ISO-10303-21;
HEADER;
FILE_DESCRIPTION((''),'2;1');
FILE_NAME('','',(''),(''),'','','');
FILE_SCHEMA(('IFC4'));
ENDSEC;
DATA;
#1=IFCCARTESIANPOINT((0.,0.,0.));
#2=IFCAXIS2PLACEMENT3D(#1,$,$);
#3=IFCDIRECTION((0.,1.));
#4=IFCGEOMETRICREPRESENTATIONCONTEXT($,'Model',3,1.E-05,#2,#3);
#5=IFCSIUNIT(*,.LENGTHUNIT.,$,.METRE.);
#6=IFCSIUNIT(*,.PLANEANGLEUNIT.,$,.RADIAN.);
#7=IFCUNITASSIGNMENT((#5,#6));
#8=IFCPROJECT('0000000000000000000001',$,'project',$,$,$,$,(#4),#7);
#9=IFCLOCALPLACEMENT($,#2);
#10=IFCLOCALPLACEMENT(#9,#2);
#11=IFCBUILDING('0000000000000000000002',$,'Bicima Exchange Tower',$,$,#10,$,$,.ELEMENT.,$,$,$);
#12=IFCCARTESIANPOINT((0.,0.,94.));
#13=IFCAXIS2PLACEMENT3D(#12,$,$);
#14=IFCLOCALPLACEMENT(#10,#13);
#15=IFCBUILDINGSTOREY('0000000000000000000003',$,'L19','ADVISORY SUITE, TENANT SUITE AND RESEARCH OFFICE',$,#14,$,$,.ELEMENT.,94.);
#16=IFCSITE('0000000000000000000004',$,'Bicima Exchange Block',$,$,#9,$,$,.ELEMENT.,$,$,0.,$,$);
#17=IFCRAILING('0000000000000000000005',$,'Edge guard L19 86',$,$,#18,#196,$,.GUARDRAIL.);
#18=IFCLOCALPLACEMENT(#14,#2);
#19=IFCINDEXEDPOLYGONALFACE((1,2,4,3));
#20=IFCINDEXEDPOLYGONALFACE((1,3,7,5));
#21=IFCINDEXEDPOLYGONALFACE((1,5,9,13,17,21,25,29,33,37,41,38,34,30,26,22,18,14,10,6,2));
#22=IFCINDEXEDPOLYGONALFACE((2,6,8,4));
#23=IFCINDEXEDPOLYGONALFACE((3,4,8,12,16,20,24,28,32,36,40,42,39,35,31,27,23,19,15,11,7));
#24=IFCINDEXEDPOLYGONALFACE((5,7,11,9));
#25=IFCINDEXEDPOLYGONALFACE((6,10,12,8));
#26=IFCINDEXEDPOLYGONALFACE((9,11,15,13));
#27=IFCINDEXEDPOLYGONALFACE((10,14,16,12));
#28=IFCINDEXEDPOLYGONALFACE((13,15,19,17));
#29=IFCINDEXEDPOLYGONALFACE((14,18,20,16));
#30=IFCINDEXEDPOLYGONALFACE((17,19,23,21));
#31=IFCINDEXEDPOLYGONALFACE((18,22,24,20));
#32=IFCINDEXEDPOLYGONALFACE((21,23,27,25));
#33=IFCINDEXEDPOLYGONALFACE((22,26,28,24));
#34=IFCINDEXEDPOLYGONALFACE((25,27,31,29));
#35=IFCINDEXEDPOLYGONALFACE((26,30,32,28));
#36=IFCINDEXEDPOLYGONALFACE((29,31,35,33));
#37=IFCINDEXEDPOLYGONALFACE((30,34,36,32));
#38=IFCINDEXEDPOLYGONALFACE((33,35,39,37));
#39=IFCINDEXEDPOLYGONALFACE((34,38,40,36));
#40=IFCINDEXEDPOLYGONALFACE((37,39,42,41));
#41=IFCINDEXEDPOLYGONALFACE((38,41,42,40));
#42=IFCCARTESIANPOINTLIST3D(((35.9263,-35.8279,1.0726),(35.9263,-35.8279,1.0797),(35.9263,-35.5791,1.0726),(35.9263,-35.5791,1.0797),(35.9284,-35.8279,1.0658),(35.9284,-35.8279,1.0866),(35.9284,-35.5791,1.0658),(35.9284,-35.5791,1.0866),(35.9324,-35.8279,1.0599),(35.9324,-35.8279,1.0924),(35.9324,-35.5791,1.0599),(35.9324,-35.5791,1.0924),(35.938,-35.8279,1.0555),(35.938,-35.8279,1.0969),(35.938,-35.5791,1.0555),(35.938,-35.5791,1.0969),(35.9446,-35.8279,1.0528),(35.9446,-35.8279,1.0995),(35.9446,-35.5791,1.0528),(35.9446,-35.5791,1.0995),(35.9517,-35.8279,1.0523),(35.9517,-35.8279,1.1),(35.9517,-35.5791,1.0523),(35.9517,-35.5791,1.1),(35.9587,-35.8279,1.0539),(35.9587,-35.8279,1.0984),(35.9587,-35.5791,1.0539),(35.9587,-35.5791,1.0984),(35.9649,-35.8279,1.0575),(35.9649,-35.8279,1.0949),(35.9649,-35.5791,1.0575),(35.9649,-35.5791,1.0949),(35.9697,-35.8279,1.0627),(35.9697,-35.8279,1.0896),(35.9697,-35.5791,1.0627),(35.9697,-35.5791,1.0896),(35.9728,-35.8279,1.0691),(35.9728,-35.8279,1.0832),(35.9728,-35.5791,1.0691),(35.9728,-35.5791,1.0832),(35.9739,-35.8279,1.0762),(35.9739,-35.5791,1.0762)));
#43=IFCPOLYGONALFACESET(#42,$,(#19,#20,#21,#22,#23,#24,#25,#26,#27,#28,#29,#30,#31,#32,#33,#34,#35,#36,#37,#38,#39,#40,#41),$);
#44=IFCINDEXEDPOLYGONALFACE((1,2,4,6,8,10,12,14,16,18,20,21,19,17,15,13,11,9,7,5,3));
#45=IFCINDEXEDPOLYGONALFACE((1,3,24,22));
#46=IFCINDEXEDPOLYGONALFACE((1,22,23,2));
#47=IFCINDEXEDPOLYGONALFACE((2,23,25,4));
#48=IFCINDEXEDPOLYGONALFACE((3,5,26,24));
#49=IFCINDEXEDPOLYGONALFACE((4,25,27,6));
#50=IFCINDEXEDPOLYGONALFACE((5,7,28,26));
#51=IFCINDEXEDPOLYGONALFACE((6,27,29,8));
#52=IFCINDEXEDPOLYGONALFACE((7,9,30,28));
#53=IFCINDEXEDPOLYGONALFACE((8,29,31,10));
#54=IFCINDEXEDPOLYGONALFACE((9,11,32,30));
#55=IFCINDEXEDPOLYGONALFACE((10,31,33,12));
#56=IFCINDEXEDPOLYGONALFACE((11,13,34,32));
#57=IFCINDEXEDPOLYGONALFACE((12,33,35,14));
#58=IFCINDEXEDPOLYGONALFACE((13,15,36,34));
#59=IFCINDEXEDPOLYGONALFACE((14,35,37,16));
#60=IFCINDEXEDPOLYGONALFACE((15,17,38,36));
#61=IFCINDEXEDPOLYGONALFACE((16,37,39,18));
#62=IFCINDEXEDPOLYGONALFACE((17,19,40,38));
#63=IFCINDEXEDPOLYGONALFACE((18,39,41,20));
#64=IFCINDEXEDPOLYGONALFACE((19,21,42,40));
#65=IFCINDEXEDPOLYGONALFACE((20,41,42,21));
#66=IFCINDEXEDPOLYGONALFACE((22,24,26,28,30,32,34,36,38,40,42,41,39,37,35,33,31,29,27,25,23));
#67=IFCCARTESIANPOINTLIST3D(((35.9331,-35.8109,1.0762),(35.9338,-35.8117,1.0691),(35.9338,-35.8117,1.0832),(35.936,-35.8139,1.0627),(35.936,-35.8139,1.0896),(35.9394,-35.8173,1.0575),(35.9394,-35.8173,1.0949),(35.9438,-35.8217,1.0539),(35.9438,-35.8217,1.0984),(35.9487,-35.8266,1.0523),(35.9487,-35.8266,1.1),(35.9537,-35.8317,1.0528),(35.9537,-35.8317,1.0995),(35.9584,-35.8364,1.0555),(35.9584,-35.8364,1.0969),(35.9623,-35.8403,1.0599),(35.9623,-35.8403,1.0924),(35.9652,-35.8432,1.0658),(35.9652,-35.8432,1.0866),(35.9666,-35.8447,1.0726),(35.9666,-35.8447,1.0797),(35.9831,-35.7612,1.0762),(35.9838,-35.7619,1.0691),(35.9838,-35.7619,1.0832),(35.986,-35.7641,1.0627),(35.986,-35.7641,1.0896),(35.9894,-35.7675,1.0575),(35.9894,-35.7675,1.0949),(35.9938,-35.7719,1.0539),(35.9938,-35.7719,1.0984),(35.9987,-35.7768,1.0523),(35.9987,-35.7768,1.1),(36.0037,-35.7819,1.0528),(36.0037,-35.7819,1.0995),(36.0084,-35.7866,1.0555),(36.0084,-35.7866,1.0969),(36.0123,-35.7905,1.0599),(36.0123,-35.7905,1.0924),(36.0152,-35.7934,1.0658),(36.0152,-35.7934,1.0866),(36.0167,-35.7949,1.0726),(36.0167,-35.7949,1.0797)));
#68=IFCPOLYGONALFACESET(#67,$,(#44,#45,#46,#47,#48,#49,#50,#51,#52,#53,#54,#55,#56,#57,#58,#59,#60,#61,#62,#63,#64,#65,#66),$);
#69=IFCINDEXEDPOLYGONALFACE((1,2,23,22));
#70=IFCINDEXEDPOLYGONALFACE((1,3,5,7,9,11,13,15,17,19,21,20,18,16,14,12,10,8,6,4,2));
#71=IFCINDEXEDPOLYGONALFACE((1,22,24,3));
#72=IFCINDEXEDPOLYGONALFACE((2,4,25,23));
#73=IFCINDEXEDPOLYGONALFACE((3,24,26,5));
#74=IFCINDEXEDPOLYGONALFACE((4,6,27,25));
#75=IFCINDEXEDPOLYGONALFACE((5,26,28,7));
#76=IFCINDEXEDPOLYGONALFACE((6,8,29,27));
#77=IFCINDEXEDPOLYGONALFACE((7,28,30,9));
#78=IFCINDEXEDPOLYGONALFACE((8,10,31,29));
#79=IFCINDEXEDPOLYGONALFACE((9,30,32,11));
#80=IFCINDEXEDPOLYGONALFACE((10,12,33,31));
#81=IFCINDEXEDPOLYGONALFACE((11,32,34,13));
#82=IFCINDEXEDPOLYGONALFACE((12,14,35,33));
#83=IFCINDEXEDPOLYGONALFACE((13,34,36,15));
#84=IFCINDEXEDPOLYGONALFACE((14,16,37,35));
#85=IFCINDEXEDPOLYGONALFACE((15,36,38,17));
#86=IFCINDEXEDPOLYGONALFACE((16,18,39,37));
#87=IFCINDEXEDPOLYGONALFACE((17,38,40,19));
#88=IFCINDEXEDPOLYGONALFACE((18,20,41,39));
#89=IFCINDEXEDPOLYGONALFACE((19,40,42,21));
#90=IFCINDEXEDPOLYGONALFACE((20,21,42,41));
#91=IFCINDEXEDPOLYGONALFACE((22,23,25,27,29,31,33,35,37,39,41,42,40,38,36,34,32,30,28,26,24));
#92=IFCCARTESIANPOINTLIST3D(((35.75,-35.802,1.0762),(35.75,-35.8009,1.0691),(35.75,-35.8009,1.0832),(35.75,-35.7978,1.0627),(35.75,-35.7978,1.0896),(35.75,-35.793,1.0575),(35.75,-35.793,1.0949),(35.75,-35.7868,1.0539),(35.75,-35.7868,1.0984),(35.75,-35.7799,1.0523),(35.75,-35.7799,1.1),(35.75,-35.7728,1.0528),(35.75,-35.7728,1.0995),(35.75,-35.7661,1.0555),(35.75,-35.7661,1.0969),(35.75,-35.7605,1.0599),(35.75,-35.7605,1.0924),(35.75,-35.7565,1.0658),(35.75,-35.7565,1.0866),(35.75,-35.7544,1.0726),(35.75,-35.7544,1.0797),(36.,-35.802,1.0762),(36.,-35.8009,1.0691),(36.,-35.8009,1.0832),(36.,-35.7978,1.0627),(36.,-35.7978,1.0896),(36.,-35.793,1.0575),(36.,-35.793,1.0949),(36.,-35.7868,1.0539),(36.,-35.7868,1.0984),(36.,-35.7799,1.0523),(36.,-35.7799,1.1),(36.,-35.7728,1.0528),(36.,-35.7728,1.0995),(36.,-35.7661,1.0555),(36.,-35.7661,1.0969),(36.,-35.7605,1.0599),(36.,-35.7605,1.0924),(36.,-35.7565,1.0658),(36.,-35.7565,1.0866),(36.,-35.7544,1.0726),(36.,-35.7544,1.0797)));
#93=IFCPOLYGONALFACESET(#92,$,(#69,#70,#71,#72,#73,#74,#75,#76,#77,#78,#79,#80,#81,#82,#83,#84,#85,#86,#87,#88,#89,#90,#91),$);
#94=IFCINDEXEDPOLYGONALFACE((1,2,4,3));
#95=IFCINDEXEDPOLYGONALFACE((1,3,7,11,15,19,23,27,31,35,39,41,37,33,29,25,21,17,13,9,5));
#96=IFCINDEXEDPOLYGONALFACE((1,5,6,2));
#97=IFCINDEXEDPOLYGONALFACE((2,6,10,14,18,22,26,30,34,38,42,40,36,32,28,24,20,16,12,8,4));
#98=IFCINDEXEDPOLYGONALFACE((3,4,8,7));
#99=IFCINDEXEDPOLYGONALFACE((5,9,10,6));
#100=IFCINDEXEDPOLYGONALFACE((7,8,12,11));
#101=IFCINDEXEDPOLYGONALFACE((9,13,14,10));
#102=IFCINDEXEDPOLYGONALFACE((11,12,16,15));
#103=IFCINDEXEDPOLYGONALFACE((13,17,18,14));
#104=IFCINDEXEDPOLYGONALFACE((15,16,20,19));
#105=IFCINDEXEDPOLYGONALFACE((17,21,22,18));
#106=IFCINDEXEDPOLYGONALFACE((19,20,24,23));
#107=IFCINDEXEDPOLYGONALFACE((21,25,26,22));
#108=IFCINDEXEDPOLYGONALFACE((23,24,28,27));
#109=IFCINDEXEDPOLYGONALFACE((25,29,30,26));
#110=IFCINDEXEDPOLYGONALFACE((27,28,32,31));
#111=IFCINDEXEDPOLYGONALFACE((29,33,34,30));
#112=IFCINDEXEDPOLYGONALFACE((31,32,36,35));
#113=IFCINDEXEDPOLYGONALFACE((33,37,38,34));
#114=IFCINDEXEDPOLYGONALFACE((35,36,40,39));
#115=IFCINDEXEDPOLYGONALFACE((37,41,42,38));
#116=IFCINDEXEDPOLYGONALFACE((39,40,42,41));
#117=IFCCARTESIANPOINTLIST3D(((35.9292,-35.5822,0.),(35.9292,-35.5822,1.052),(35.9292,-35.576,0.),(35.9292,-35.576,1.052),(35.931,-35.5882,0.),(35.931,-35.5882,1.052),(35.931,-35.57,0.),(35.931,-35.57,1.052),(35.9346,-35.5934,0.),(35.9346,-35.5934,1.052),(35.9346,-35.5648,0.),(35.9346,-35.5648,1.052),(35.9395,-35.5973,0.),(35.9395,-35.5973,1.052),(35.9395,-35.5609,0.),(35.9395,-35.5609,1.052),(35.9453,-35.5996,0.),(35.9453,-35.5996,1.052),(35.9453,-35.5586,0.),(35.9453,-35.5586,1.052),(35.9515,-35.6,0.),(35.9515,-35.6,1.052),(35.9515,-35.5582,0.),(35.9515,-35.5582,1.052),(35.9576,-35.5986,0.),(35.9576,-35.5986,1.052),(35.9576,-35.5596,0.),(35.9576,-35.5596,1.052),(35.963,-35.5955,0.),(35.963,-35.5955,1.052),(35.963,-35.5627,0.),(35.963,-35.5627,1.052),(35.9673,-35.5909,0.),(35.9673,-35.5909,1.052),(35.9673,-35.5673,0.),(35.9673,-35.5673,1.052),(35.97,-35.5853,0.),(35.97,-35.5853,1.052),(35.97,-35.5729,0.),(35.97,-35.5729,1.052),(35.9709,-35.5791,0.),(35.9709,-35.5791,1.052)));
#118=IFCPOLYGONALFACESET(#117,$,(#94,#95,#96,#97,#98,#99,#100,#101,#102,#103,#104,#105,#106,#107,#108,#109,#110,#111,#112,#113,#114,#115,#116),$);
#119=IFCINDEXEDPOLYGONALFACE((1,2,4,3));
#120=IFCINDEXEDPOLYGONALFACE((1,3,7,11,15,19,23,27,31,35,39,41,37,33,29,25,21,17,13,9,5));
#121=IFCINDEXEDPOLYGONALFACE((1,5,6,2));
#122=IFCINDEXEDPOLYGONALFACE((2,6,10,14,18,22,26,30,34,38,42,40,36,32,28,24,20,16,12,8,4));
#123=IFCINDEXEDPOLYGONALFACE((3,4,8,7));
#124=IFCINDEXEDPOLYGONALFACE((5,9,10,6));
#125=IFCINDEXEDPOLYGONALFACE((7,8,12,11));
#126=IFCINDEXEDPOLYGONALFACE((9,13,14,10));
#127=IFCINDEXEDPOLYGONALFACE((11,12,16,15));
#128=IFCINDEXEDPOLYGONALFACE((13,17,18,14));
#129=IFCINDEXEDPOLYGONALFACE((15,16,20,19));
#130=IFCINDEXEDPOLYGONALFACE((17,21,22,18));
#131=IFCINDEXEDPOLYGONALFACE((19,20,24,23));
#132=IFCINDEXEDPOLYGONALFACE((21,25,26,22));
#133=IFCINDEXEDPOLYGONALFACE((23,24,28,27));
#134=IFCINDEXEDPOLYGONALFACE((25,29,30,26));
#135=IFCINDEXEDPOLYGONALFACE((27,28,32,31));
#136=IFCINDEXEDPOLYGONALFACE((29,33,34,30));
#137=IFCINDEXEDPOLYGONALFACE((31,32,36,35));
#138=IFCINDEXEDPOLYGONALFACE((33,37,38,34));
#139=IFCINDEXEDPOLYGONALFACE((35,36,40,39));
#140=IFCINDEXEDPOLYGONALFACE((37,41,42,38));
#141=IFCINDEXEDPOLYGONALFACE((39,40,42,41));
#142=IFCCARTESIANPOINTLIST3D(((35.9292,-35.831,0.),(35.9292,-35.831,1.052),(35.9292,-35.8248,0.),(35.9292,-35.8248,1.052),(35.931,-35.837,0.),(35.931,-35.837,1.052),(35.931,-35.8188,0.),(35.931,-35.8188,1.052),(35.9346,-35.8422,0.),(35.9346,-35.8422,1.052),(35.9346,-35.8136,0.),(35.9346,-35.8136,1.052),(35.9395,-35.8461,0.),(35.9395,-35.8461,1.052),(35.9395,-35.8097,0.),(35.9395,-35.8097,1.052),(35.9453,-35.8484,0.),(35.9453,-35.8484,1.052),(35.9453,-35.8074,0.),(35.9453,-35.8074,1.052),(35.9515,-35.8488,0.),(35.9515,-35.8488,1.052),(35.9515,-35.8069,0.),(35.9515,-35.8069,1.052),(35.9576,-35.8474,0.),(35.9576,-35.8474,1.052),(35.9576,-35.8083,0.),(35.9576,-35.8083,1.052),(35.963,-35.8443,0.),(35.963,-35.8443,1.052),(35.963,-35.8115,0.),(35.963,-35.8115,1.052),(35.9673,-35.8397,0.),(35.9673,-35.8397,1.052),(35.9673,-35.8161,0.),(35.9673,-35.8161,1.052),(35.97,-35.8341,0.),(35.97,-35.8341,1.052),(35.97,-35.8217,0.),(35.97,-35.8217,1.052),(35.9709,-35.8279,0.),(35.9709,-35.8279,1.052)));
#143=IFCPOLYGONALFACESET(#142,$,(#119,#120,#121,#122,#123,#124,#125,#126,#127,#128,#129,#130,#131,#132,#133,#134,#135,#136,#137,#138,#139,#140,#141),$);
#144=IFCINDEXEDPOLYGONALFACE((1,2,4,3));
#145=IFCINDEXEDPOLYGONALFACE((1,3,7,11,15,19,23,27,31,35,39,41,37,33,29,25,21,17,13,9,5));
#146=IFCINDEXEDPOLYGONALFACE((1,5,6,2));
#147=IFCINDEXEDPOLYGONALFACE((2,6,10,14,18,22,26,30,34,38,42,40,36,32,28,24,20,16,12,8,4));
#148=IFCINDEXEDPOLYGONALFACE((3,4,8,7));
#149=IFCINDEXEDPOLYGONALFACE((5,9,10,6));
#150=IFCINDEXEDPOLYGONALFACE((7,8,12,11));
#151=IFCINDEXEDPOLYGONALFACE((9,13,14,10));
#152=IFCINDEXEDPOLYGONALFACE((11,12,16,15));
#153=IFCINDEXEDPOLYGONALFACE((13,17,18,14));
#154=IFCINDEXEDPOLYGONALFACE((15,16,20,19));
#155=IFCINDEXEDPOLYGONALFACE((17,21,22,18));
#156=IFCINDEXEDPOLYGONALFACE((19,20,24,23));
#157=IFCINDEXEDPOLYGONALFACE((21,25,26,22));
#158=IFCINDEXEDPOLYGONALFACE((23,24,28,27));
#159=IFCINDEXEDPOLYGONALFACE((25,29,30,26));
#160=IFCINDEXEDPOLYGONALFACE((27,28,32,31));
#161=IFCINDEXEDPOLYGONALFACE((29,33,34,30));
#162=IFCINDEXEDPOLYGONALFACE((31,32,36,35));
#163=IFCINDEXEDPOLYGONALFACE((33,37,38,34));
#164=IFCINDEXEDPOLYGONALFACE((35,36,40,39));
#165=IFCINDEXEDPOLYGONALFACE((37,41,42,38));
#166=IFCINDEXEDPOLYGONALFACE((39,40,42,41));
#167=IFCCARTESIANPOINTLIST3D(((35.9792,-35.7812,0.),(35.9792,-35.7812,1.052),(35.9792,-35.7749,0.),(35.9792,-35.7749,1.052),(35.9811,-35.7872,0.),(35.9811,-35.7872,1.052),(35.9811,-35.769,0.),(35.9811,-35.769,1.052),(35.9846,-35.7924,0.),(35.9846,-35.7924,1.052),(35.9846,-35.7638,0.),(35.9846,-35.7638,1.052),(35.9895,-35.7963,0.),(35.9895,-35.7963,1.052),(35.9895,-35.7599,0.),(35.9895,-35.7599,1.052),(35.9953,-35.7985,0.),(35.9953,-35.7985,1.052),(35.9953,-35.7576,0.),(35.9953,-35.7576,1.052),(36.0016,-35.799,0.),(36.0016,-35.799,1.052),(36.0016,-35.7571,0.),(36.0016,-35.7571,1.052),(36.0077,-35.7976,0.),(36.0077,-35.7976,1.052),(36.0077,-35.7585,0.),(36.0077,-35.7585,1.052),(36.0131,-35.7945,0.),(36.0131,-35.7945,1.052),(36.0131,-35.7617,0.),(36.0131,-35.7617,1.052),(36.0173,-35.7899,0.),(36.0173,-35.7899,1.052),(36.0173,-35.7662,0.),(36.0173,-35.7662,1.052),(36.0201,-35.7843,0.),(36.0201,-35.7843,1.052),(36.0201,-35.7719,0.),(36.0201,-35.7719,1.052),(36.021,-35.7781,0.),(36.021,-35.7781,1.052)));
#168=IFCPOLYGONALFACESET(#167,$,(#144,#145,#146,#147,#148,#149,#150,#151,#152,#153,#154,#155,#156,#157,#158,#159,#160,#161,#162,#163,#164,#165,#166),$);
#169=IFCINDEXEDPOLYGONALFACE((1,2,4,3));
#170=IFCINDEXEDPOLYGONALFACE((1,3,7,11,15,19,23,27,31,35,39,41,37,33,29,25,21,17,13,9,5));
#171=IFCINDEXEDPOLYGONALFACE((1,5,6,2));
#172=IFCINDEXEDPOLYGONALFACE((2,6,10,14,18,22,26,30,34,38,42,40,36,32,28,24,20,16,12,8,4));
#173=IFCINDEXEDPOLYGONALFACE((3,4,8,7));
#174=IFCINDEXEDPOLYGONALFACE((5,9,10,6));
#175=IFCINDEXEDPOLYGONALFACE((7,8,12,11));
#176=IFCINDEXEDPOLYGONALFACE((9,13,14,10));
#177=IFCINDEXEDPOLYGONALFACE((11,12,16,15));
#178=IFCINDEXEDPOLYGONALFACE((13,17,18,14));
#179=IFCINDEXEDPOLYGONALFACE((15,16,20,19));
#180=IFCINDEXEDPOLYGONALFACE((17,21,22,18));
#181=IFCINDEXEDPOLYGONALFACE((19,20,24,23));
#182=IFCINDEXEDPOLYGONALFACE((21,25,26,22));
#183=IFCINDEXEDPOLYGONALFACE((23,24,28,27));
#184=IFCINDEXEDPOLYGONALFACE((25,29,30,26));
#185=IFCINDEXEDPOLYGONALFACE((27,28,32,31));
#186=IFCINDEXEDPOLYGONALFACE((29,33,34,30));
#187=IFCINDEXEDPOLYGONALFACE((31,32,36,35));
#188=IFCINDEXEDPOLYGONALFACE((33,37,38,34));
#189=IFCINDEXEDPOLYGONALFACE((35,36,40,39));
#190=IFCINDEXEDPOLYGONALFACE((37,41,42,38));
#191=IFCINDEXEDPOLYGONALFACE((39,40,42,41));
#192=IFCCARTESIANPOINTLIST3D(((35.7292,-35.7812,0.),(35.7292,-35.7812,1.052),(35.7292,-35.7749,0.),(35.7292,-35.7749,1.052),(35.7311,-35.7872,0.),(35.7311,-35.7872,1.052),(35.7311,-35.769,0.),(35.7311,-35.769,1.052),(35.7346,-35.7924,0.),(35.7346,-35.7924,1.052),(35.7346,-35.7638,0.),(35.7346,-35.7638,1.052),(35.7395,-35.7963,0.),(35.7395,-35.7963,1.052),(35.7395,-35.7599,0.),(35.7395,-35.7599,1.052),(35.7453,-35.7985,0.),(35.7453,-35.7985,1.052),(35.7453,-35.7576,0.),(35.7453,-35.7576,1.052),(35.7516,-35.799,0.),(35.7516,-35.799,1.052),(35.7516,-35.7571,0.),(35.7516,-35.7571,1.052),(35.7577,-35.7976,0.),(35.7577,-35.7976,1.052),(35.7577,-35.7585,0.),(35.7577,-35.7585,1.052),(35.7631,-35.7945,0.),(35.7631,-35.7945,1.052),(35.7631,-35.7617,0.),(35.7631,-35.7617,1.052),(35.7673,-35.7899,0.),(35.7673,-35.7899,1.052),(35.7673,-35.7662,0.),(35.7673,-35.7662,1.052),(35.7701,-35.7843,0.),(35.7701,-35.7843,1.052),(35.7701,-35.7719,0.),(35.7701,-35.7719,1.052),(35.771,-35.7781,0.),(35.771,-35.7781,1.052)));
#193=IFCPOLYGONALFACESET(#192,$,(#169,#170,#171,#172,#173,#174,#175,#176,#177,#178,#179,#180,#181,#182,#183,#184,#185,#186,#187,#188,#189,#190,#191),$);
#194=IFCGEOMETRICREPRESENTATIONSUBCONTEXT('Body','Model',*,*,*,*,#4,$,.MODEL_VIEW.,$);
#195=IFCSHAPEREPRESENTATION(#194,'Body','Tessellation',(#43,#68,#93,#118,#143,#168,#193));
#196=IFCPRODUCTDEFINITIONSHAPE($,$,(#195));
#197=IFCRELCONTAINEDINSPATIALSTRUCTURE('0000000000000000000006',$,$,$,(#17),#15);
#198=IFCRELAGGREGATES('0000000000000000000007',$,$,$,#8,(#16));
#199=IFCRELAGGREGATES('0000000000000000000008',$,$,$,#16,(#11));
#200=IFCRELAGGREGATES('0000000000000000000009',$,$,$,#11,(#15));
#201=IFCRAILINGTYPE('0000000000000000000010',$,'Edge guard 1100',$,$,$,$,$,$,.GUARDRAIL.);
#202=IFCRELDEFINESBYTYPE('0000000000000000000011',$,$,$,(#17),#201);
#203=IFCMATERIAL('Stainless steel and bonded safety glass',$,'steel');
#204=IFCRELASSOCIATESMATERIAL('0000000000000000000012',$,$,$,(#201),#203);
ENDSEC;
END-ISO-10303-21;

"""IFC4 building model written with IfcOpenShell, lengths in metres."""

from ifc_helpers import new_model, si_unit, direction, frame, origin, origin_2d, place, context, subcontext, project, spatial, circle, extrude, material, type_object, element, save


model = new_model("IFC4")

# Units and contexts
model_context = context("Model", 3, precision=1e-05, world=origin(), true_north=direction((0.0, 1.0)))
body_context = subcontext(model_context, "Body", "Model", "MODEL_VIEW")
ifc_project = project(units=[si_unit("LENGTHUNIT", "METRE"), si_unit("PLANEANGLEUNIT", "RADIAN")], contexts=[model_context])

# Site, building, storey
site_placement = place(None, origin())
site = spatial("IfcSite", under=ifc_project, at=site_placement, Name="Bicima Exchange Block", CompositionType="ELEMENT", RefElevation=0.0)
building_placement = place(site_placement, origin())
building = spatial("IfcBuilding", under=site, at=building_placement, Name="Bicima Exchange Tower", CompositionType="ELEMENT")
storey_placement = place(building_placement, frame((0.0, 0.0, 94.0)))
storey = spatial("IfcBuildingStorey", under=building, at=storey_placement, Name="L19", Description="ADVISORY SUITE, TENANT SUITE AND RESEARCH OFFICE", CompositionType="ELEMENT", Elevation=94.0)

# Railing
ifc_material_1 = material(Name="Stainless steel and bonded safety glass", Category="steel")
railing_type = type_object("IfcRailingType", Name="Edge guard 1100", PredefinedType="GUARDRAIL", material=ifc_material_1)
railing_1_placement = place(storey_placement, frame((35.95, -35.5791, 0.0)))
element("IfcRailing", 1, at=railing_1_placement, inside=storey, type_object=railing_type, Name="Edge guard L19 86", PredefinedType="GUARDRAIL", context=body_context, shape_type="SweptSolid", body=[
    extrude(circle(Radius=0.0239, at=origin_2d()), frame((0.0, 0.0, 1.0762), z_axis=(0.0, -1.0, 0.0), x_axis=(1.0, 0.0, 0.0)), (0.0, 0.0, 1.0), 0.2488),
    extrude(circle(Radius=0.0239, at=origin_2d()), frame((0.0, -0.2488, 1.0762), z_axis=(0.708834, 0.705376, 0.0), x_axis=(-0.705376, 0.708834, 0.0)), (0.0, 0.0, 1.0), 0.0706),
    extrude(circle(Radius=0.0239, at=origin_2d()), frame((0.05, -0.199, 1.0762), z_axis=(-1.0, 0.0, 0.0), x_axis=(0.0, -1.0, 0.0)), (0.0, 0.0, 1.0), 0.25),
    extrude(circle(Radius=0.021, at=origin_2d()), origin(), (0.0, 0.0, 1.0), 1.052),
    extrude(circle(Radius=0.021, at=origin_2d()), frame((0.0, -0.2488, 0.0)), (0.0, 0.0, 1.0), 1.052),
    extrude(circle(Radius=0.021, at=origin_2d()), frame((0.05, -0.199, 0.0)), (0.0, 0.0, 1.0), 1.052),
    extrude(circle(Radius=0.021, at=origin_2d()), frame((-0.2, -0.199, 0.0)), (0.0, 0.0, 1.0), 1.052),
])

save(model, "model.ifc")
